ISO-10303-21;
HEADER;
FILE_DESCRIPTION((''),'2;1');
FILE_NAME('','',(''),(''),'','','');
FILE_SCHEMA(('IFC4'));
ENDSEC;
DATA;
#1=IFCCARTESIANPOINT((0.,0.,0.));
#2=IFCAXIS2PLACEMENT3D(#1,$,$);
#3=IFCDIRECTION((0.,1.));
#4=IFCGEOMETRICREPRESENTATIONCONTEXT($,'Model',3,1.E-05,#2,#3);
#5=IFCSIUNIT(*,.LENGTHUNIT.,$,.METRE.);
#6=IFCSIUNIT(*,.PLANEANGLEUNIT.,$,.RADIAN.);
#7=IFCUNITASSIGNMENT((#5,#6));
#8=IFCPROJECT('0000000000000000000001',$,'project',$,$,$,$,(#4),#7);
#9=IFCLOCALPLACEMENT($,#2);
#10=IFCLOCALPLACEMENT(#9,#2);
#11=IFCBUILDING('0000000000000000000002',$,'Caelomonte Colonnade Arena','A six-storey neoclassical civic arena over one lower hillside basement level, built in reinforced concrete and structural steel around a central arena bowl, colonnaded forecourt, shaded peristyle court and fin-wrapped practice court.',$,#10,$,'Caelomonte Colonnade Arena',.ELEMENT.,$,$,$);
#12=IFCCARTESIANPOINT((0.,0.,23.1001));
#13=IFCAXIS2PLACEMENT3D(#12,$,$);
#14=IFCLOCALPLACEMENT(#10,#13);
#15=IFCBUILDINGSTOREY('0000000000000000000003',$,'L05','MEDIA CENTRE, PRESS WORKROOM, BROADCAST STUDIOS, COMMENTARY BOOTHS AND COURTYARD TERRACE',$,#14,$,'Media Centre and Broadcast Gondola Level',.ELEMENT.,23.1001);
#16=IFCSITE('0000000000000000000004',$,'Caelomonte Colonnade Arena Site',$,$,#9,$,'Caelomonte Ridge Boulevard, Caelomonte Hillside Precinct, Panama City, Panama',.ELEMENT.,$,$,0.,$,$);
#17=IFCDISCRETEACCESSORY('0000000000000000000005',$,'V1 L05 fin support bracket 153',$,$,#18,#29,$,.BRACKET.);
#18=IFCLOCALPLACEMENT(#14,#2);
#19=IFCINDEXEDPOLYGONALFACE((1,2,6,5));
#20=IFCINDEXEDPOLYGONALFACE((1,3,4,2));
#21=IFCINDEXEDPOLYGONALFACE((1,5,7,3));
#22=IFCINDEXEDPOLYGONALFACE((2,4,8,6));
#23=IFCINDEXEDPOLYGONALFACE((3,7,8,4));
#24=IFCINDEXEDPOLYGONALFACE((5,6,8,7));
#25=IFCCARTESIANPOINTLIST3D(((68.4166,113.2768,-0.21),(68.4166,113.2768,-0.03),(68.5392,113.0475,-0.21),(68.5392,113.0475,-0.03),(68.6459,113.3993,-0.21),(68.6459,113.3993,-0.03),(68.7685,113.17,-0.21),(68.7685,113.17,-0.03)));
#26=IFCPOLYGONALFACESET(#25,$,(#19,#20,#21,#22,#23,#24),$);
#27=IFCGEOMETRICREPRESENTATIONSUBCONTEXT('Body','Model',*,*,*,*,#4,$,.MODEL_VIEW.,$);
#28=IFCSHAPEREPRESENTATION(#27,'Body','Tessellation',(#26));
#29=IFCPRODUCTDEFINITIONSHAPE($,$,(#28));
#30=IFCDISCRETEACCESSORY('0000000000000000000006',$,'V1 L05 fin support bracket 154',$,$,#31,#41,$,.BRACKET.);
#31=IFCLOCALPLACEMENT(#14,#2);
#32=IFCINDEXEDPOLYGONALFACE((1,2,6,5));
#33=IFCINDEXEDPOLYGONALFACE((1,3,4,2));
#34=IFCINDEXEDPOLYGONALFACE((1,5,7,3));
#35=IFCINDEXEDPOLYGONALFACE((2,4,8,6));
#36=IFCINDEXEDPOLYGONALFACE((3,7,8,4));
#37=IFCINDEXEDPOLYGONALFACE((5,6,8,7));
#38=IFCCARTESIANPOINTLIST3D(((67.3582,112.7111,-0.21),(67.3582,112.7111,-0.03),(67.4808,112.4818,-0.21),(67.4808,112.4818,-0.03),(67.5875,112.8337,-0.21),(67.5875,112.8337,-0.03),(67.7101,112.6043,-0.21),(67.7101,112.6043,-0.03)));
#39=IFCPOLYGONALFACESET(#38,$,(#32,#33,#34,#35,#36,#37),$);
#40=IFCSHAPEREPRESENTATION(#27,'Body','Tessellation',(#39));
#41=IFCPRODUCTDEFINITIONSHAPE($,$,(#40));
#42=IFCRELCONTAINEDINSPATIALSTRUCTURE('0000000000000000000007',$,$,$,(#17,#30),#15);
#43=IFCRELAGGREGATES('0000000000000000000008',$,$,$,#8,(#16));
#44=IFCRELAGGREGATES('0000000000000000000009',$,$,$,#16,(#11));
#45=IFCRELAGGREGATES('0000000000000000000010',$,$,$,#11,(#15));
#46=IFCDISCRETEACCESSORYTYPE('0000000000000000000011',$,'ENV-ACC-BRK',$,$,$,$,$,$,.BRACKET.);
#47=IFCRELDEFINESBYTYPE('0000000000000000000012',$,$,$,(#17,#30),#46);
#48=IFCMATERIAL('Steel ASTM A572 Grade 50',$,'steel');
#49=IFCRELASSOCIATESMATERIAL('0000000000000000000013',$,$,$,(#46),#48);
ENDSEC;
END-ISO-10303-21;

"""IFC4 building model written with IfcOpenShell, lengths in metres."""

from ifc_helpers import new_model, si_unit, direction, frame, origin, origin_2d, place, context, subcontext, project, spatial, rectangle, extrude, material, type_object, element, save


model = new_model("IFC4")

# Units and contexts
model_context = context("Model", 3, precision=1e-05, world=origin(), true_north=direction((0.0, 1.0)))
body_context = subcontext(model_context, "Body", "Model", "MODEL_VIEW")
ifc_project = project(units=[si_unit("LENGTHUNIT", "METRE"), si_unit("PLANEANGLEUNIT", "RADIAN")], contexts=[model_context])

# Site, building, storey
site_placement = place(None, origin())
site = spatial("IfcSite", under=ifc_project, at=site_placement, Name="Caelomonte Colonnade Arena Site", LongName="Caelomonte Ridge Boulevard, Caelomonte Hillside Precinct, Panama City, Panama", CompositionType="ELEMENT", RefElevation=0.0)
building_placement = place(site_placement, origin())
building = spatial("IfcBuilding", under=site, at=building_placement, Name="Caelomonte Colonnade Arena", Description="A six-storey neoclassical civic arena over one lower hillside basement level, built in reinforced concrete and structural steel around a central arena bowl, colonnaded forecourt, shaded peristyle court and fin-wrapped practice court.", LongName="Caelomonte Colonnade Arena", CompositionType="ELEMENT")
storey_placement = place(building_placement, frame((0.0, 0.0, 23.1001)))
storey = spatial("IfcBuildingStorey", under=building, at=storey_placement, Name="L05", Description="MEDIA CENTRE, PRESS WORKROOM, BROADCAST STUDIOS, COMMENTARY BOOTHS AND COURTYARD TERRACE", LongName="Media Centre and Broadcast Gondola Level", CompositionType="ELEMENT", Elevation=23.1001)

# Discrete accessories
ifc_material_1 = material(Name="Steel ASTM A572 Grade 50", Category="steel")
discrete_accessory_type = type_object("IfcDiscreteAccessoryType", Name="ENV-ACC-BRK", PredefinedType="BRACKET", material=ifc_material_1)
for number, where, z_axis, x_axis, name in (
    (1, (68.5925, 113.2234, -0.21), (0.0, 0.0, 1.0), (-0.881921, -0.471397, 0.0), "V1 L05 fin support bracket 153"),
    (2, (67.5342, 112.6577, -0.21), (0.0, 0.0, 1.0), (-0.881921, -0.471397, 0.0), "V1 L05 fin support bracket 154"),
):
    element("IfcDiscreteAccessory", number, at=place(storey_placement, frame(where, z_axis=z_axis, x_axis=x_axis)), inside=storey, type_object=discrete_accessory_type, Name=name, PredefinedType="BRACKET", context=body_context, shape_type="SweptSolid", body=[
        extrude(rectangle(XDim=0.26, YDim=0.26, at=origin_2d()), origin(), (0.0, 0.0, 1.0), 0.1799),
    ])

save(model, "model.ifc")
